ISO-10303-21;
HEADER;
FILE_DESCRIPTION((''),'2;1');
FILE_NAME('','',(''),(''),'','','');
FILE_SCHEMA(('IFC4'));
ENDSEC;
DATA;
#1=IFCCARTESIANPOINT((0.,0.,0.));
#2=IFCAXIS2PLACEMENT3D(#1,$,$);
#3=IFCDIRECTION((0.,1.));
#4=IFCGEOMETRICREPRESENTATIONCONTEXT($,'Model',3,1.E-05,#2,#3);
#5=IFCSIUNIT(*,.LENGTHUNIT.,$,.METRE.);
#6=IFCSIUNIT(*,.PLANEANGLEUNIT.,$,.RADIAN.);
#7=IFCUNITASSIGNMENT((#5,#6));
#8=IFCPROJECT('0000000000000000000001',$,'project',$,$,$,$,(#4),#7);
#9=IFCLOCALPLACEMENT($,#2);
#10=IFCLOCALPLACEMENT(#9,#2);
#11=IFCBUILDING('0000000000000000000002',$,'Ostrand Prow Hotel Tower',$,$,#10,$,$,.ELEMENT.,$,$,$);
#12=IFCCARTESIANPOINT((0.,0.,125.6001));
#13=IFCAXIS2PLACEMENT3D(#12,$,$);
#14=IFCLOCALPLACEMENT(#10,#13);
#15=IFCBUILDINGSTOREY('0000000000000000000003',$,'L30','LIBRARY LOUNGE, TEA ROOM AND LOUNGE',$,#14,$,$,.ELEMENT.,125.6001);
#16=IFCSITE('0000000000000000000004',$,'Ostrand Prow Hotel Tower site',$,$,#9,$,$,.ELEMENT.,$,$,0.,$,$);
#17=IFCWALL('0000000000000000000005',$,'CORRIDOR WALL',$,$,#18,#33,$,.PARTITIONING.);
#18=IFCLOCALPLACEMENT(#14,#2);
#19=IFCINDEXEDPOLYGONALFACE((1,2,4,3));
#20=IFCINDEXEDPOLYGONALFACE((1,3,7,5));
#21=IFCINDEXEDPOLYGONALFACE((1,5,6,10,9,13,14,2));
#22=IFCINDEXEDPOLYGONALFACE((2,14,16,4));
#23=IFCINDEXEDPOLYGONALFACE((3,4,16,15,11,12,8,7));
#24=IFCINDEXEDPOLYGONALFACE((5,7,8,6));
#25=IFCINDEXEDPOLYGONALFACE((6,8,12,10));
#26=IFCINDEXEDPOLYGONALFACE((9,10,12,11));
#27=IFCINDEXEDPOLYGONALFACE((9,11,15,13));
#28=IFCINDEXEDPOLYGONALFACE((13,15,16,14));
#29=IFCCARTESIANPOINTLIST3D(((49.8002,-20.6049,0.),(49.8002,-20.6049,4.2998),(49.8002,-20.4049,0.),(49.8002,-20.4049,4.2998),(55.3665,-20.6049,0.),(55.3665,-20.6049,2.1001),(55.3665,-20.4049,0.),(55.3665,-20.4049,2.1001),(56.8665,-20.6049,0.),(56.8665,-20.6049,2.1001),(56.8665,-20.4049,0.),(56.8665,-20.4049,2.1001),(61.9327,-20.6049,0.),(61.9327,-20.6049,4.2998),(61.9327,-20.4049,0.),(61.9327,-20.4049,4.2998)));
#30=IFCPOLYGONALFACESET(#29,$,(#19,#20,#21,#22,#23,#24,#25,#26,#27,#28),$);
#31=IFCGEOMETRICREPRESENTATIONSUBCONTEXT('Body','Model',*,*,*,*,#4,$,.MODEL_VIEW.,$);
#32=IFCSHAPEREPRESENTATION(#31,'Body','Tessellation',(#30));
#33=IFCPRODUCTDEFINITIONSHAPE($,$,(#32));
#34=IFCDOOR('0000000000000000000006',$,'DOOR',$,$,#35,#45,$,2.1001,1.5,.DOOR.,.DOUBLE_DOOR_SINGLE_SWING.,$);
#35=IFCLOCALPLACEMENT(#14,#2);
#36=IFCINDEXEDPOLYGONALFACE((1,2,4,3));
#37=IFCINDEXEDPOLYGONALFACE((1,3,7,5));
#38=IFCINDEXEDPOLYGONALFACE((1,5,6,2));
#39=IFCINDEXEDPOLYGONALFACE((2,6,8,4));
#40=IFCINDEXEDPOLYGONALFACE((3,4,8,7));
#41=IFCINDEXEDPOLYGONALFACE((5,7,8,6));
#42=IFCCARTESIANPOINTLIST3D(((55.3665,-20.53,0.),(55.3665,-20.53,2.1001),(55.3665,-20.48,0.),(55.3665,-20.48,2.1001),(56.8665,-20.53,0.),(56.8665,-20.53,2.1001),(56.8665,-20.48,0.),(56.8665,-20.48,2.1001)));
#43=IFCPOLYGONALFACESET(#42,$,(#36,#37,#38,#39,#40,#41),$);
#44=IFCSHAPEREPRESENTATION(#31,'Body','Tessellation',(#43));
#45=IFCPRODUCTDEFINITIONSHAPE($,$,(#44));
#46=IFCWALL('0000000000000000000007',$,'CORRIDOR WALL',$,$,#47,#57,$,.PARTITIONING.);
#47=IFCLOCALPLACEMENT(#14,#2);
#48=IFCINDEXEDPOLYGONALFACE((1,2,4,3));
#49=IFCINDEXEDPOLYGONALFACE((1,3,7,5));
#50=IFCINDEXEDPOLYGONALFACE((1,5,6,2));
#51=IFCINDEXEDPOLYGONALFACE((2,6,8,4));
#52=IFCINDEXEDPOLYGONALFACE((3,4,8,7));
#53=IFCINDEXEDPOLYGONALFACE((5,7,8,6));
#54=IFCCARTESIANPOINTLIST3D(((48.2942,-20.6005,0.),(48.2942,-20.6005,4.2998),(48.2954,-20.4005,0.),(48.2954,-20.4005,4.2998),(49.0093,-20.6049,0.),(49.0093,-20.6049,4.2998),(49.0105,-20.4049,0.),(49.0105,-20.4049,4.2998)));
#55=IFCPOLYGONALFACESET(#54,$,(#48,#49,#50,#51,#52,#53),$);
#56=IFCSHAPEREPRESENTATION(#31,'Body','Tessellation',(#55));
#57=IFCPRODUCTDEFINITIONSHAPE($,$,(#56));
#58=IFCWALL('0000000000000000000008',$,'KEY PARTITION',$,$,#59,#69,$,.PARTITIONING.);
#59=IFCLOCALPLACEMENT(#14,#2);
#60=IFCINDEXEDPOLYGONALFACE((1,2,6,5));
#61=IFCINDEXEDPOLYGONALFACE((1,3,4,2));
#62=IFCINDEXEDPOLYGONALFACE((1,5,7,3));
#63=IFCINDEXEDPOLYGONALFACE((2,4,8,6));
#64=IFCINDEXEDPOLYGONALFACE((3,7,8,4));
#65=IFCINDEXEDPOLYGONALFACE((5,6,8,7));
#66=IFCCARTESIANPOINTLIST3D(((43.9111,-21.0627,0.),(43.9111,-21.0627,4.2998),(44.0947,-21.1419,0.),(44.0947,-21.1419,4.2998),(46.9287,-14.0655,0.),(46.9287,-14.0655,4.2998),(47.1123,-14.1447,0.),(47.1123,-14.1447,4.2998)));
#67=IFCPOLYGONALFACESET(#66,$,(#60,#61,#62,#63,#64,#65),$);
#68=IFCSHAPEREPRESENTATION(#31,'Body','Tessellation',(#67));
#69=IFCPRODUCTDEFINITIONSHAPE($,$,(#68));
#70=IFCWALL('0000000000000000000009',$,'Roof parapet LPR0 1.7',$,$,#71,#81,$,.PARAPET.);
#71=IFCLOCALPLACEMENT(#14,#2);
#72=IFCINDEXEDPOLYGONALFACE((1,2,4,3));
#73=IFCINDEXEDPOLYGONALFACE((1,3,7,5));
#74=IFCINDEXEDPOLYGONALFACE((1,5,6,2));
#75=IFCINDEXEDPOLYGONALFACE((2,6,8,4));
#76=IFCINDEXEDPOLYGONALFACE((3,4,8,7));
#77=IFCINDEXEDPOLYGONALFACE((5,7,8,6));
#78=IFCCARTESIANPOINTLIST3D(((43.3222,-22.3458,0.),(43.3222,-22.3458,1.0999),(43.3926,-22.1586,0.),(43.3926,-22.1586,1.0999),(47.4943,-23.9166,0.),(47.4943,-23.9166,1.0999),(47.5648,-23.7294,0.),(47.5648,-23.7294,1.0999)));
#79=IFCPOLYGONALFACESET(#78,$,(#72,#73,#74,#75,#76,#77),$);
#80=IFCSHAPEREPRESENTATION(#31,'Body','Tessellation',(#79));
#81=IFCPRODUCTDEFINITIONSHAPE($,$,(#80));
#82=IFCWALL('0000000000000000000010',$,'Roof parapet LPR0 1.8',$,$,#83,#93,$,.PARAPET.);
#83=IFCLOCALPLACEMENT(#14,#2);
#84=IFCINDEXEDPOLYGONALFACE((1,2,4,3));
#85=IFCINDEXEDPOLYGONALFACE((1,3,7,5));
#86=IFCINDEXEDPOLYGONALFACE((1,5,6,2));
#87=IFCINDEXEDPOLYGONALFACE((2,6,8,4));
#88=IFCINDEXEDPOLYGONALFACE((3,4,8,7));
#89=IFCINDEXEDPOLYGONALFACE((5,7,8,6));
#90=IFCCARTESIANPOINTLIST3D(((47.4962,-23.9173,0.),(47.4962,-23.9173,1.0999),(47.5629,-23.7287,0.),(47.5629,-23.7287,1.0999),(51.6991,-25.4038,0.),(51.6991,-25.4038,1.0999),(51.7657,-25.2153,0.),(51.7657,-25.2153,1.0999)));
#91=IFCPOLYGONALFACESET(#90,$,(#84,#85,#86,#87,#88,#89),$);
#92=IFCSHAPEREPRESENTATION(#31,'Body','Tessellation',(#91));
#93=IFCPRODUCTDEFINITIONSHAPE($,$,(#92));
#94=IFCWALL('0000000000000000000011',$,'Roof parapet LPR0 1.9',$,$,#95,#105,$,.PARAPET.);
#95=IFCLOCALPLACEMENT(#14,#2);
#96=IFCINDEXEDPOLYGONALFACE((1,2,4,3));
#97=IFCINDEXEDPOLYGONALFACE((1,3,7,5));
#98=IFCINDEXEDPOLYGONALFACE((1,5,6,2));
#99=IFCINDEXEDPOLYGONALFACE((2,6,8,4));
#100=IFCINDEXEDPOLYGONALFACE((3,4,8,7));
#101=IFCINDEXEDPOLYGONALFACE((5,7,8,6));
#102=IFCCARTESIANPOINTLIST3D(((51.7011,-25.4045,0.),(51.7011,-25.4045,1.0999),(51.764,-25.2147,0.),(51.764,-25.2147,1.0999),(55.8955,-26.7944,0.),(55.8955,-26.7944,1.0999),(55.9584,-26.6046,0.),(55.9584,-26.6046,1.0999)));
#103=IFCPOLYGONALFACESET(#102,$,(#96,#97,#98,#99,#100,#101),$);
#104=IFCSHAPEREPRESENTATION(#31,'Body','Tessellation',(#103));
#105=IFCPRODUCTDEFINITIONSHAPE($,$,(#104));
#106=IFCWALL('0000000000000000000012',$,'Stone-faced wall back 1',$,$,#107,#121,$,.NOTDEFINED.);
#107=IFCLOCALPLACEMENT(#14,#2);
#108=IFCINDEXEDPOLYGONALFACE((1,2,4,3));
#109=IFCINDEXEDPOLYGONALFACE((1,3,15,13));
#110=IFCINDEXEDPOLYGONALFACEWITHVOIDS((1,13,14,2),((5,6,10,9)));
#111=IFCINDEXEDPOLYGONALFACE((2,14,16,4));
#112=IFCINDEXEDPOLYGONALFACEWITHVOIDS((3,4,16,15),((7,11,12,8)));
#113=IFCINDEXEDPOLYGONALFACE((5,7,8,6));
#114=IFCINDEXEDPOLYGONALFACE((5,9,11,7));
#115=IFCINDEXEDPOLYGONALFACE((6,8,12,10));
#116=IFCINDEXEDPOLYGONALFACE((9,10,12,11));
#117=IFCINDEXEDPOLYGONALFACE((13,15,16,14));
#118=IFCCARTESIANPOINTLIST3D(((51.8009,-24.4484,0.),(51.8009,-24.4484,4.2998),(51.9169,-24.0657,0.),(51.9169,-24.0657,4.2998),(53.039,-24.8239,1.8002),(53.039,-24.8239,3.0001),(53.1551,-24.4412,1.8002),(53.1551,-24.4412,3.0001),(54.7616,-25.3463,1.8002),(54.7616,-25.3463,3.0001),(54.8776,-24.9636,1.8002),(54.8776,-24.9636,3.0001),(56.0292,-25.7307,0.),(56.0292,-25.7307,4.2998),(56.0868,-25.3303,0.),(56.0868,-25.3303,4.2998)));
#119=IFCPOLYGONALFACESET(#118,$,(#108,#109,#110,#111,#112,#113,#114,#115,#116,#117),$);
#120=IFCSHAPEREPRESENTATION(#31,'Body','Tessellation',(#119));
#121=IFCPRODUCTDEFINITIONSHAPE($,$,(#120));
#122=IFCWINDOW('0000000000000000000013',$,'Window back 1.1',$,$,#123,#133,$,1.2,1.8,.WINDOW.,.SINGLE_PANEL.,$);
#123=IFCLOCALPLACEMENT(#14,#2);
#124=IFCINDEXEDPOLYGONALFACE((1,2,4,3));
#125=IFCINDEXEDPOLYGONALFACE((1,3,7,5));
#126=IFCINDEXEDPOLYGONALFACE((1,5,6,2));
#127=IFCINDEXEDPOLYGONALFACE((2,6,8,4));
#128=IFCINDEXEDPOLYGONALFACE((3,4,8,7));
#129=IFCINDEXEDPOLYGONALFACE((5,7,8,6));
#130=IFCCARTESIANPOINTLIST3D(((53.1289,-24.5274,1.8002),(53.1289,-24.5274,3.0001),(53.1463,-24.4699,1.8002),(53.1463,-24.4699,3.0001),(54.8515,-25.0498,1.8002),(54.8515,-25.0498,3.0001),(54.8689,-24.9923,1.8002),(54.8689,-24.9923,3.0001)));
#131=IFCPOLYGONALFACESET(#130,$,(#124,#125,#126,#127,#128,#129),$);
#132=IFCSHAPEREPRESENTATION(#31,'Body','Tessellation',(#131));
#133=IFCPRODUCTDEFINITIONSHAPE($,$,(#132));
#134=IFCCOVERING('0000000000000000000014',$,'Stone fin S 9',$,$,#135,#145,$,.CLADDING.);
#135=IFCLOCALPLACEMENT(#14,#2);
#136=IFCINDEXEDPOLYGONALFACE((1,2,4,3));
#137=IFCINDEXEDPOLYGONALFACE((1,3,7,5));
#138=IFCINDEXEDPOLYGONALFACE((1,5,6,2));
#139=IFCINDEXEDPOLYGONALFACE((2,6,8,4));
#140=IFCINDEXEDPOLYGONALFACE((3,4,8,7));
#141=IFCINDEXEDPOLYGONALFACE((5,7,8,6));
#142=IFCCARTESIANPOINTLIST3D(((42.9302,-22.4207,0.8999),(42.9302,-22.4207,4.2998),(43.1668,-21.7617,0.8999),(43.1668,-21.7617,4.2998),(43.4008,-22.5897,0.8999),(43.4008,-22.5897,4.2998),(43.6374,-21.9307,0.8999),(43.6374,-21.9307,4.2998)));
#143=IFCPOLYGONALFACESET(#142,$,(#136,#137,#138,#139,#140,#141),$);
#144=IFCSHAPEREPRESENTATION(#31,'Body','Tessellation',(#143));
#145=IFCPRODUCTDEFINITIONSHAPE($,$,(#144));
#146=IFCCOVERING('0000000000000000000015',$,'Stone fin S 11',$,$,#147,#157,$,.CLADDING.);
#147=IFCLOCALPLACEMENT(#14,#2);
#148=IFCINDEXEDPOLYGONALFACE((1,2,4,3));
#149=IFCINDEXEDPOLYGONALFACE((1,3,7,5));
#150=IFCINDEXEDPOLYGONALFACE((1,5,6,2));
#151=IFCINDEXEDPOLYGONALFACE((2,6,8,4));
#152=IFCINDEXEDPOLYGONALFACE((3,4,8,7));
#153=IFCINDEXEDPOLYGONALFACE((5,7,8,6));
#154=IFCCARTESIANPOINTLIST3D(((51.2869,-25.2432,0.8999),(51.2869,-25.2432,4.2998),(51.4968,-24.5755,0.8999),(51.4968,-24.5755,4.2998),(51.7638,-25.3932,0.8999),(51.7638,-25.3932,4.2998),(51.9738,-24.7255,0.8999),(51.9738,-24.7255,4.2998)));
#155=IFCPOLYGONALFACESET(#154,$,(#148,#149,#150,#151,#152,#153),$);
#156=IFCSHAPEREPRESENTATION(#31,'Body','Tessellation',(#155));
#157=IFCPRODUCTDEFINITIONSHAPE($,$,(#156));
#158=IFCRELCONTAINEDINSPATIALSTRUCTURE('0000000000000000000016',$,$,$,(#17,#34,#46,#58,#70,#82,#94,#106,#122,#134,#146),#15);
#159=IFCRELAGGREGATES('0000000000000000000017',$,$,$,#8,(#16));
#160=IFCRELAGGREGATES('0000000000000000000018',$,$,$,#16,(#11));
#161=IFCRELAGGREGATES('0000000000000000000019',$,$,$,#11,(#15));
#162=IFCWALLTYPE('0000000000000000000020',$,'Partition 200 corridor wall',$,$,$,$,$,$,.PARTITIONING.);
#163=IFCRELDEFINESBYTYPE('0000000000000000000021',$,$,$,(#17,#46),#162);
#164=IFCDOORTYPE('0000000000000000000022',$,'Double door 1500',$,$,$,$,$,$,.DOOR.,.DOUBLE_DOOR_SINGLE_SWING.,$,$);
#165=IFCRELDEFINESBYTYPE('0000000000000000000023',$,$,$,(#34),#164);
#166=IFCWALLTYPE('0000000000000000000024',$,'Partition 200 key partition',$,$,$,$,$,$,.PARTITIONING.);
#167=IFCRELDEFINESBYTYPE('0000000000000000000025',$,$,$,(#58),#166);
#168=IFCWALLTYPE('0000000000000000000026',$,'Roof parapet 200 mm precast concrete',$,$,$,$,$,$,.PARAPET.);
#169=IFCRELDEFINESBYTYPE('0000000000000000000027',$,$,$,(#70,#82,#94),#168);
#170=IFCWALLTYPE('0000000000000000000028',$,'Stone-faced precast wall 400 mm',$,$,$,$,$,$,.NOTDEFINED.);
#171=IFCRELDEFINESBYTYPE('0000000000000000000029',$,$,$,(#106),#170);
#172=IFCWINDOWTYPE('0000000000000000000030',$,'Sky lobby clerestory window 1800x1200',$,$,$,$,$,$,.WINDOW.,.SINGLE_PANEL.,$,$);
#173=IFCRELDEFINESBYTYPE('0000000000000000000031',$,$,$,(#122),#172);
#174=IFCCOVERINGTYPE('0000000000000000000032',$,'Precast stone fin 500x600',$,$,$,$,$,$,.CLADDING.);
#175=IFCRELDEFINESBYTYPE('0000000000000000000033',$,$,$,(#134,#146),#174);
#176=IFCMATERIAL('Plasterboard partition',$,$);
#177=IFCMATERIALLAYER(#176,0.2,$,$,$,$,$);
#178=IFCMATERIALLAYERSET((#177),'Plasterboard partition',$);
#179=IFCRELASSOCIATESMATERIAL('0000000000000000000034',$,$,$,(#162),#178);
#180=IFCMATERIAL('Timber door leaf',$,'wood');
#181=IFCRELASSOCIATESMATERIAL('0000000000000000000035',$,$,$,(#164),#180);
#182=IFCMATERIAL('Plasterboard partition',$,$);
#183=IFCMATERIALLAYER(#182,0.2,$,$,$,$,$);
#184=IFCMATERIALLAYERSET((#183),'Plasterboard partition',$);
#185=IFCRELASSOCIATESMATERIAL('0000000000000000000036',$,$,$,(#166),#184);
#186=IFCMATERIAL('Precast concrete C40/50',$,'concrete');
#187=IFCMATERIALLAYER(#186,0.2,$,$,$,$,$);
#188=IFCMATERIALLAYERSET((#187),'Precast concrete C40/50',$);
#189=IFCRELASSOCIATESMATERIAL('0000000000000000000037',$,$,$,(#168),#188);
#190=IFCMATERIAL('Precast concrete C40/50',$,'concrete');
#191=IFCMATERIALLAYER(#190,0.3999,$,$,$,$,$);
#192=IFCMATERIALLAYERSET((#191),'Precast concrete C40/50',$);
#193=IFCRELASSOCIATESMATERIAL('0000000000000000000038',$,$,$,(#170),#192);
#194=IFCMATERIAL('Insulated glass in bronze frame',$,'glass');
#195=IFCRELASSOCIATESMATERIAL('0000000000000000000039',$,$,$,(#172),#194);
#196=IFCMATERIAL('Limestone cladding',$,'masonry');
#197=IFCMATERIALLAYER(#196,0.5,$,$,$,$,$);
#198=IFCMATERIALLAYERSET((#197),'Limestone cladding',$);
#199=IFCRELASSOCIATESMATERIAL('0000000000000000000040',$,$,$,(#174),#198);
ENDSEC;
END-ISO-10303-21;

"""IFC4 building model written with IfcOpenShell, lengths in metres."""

from ifc_helpers import new_model, si_unit, direction, frame, frame_2d, origin, place, context, subcontext, project, spatial, polyline, rectangle, outline, extrude, material, layer, layer_set, type_object, element, fill, save


model = new_model("IFC4")

# Units and contexts
model_context = context("Model", 3, precision=1e-05, world=origin(), true_north=direction((0.0, 1.0)))
body_context = subcontext(model_context, "Body", "Model", "MODEL_VIEW")
ifc_project = project(units=[si_unit("LENGTHUNIT", "METRE"), si_unit("PLANEANGLEUNIT", "RADIAN")], contexts=[model_context])

# Site, building, storey
site_placement = place(None, origin())
site = spatial("IfcSite", under=ifc_project, at=site_placement, Name="Ostrand Prow Hotel Tower site", CompositionType="ELEMENT", RefElevation=0.0)
building_placement = place(site_placement, origin())
building = spatial("IfcBuilding", under=site, at=building_placement, Name="Ostrand Prow Hotel Tower", CompositionType="ELEMENT")
storey_placement = place(building_placement, frame((0.0, 0.0, 125.6001)))
storey = spatial("IfcBuildingStorey", under=building, at=storey_placement, Name="L30", Description="LIBRARY LOUNGE, TEA ROOM AND LOUNGE", CompositionType="ELEMENT", Elevation=125.6001)

# Wall, opening, door
ifc_material_1 = material(Name="Plasterboard partition")
ifc_layer_1 = layer(ifc_material_1, 0.2)
ifc_layer_set_1 = layer_set([ifc_layer_1], Name="Plasterboard partition")
wall_type_1 = type_object("IfcWallType", Name="Partition 200 corridor wall", PredefinedType="PARTITIONING", material=ifc_layer_set_1)
wall_1_placement = place(storey_placement, frame((49.8, -20.5049, 0.0), z_axis=(0.0, 0.0, 1.0), x_axis=(1.0, 0.0, 0.0)))
wall_1 = element("IfcWall", 1, at=wall_1_placement, inside=storey, type_object=wall_type_1, Name="CORRIDOR WALL", PredefinedType="PARTITIONING", context=body_context, shape_type="SweptSolid", body=[
    extrude(rectangle(XDim=12.1326, YDim=0.2, at=frame_2d((6.0664, 0.0))), origin(), (0.0, 0.0, 1.0), 4.2998),
])
opening_1_placement = place(wall_1_placement, frame((5.5664, 0.0, 0.0)))
opening_1 = element("IfcOpeningElement", 2, at=opening_1_placement, cuts=wall_1, PredefinedType="OPENING", context=body_context, shape_type="SweptSolid", body=[
    extrude(rectangle(XDim=1.5, YDim=2.1001, at=frame_2d((0.75, 1.05))), frame((0.0, 0.1099, 0.0), z_axis=(0.0, -1.0, 0.0), x_axis=(1.0, 0.0, 0.0)), (0.0, 0.0, 1.0), 0.22),
])
ifc_material_2 = material(Name="Timber door leaf", Category="wood")
door_type = type_object("IfcDoorType", Name="Double door 1500", OperationType="DOUBLE_DOOR_SINGLE_SWING", PredefinedType="DOOR", material=ifc_material_2)
door_placement = place(opening_1_placement, origin())
door = element("IfcDoor", 3, at=door_placement, inside=storey, type_object=door_type, Name="DOOR", OperationType="DOUBLE_DOOR_SINGLE_SWING", OverallHeight=2.1001, OverallWidth=1.5, PredefinedType="DOOR", context=body_context, shape_type="SweptSolid", body=[
    extrude(rectangle(XDim=1.5, YDim=2.1001, at=frame_2d((0.75, 1.05))), frame((0.0, 0.0249, 0.0), z_axis=(0.0, -1.0, 0.0), x_axis=(1.0, 0.0, 0.0)), (0.0, 0.0, 1.0), 0.05),
])
fill(opening_1, door)

# Walls
wall_2_placement = place(storey_placement, frame((48.2949, -20.5005, 0.0), z_axis=(0.0, 0.0, 1.0), x_axis=(0.999981, -0.006145, 0.0)))
element("IfcWall", 4, at=wall_2_placement, inside=storey, type_object=wall_type_1, Name="CORRIDOR WALL", PredefinedType="PARTITIONING", context=body_context, shape_type="SweptSolid", body=[
    extrude(rectangle(XDim=0.7151, YDim=0.2, at=frame_2d((0.3574, 0.0))), origin(), (0.0, 0.0, 1.0), 4.2998),
])
ifc_material_3 = material(Name="Plasterboard partition")
ifc_layer_2 = layer(ifc_material_3, 0.2)
ifc_layer_set_2 = layer_set([ifc_layer_2], Name="Plasterboard partition")
wall_type_2 = type_object("IfcWallType", Name="Partition 200 key partition", PredefinedType="PARTITIONING", material=ifc_layer_set_2)
wall_3_placement = place(storey_placement, frame((44.0029, -21.1023, 0.0), z_axis=(0.0, 0.0, 1.0), x_axis=(0.396006, 0.918248, 0.0)))
element("IfcWall", 5, at=wall_3_placement, inside=storey, type_object=wall_type_2, Name="KEY PARTITION", PredefinedType="PARTITIONING", context=body_context, shape_type="SweptSolid", body=[
    extrude(rectangle(XDim=7.6201, YDim=0.2, at=frame_2d((3.8101, 0.0))), origin(), (0.0, 0.0, 1.0), 4.2998),
])
ifc_material_4 = material(Name="Precast concrete C40/50", Category="concrete")
ifc_layer_3 = layer(ifc_material_4, 0.2)
ifc_layer_set_3 = layer_set([ifc_layer_3], Name="Precast concrete C40/50")
wall_type_3 = type_object("IfcWallType", Name="Roof parapet 200 mm precast concrete", PredefinedType="PARAPET", material=ifc_layer_set_3)
for number, where, z_axis, x_axis, name in (
    (6, (43.3574, -22.2522, 0.0), (0.0, 0.0, 1.0), (0.935867, -0.352353, 0.0), "Roof parapet LPR0 1.7"),
    (7, (47.5295, -23.823, 0.0), (0.0, 0.0, 1.0), (0.942765, -0.333459, 0.0), "Roof parapet LPR0 1.8"),
):
    element("IfcWall", number, at=place(storey_placement, frame(where, z_axis=z_axis, x_axis=x_axis)), inside=storey, type_object=wall_type_3, Name=name, PredefinedType="PARAPET", context=body_context, shape_type="SweptSolid", body=[
        extrude(rectangle(XDim=4.458, YDim=0.2, at=frame_2d((2.229, 0.0))), origin(), (0.0, 0.0, 1.0), 1.0999),
    ])
wall_4_placement = place(storey_placement, frame((51.7324, -25.3096, 0.0), z_axis=(0.0, 0.0, 1.0), x_axis=(0.94924, -0.314553, 0.0)))
element("IfcWall", 8, at=wall_4_placement, inside=storey, type_object=wall_type_3, Name="Roof parapet LPR0 1.9", PredefinedType="PARAPET", context=body_context, shape_type="SweptSolid", body=[
    extrude(rectangle(XDim=4.4187, YDim=0.2, at=frame_2d((2.2095, 0.0))), origin(), (0.0, 0.0, 1.0), 1.0999),
])

# Wall, opening, window
ifc_material_5 = material(Name="Precast concrete C40/50", Category="concrete")
ifc_layer_4 = layer(ifc_material_5, 0.3999)
ifc_layer_set_4 = layer_set([ifc_layer_4], Name="Precast concrete C40/50")
wall_type_4 = type_object("IfcWallType", Name="Stone-faced precast wall 400 mm", PredefinedType="NOTDEFINED", material=ifc_layer_set_4)
wall_5_placement = place(storey_placement, frame((51.8589, -24.2571, 0.0), z_axis=(0.0, 0.0, 1.0), x_axis=(0.956964, -0.290205, 0.0)))
wall_5 = element("IfcWall", 9, at=wall_5_placement, inside=storey, type_object=wall_type_4, Name="Stone-faced wall back 1", PredefinedType="NOTDEFINED", context=body_context, shape_type="SweptSolid", body=[
    extrude(outline(polyline([(0.0, -0.2), (4.4185, -0.2), (4.3574, 0.2), (0.0, 0.2), (0.0, -0.2)])), origin(), (0.0, 0.0, 1.0), 4.2998),
])
opening_2_placement = place(wall_5_placement, frame((1.2939, 0.0, 1.8)))
opening_2 = element("IfcOpeningElement", 10, at=opening_2_placement, cuts=wall_5, PredefinedType="OPENING", context=body_context, shape_type="SweptSolid", body=[
    extrude(rectangle(XDim=1.8, YDim=1.2, at=frame_2d((0.8999, 0.6001))), frame((0.0, 0.21, 0.0), z_axis=(0.0, -1.0, 0.0), x_axis=(1.0, 0.0, 0.0)), (0.0, 0.0, 1.0), 0.4199),
])
ifc_material_6 = material(Name="Insulated glass in bronze frame", Category="glass")
window_type = type_object("IfcWindowType", Name="Sky lobby clerestory window 1800x1200", PartitioningType="SINGLE_PANEL", PredefinedType="WINDOW", material=ifc_material_6)
window_placement = place(opening_2_placement, origin())
window = element("IfcWindow", 11, at=window_placement, inside=storey, type_object=window_type, Name="Window back 1.1", OverallHeight=1.2, OverallWidth=1.8, PartitioningType="SINGLE_PANEL", PredefinedType="WINDOW", context=body_context, shape_type="SweptSolid", body=[
    extrude(rectangle(XDim=1.8, YDim=1.2, at=frame_2d((0.8999, 0.6001))), frame((0.0, 0.1699, 0.0), z_axis=(0.0, -1.0, 0.0), x_axis=(1.0, 0.0, 0.0)), (0.0, 0.0, 1.0), 0.0601),
])
fill(opening_2, window)

# Coverings
ifc_material_7 = material(Name="Limestone cladding", Category="masonry")
ifc_layer_5 = layer(ifc_material_7, 0.5)
ifc_layer_set_5 = layer_set([ifc_layer_5], Name="Limestone cladding")
covering_type = type_object("IfcCoveringType", Name="Precast stone fin 500x600", PredefinedType="CLADDING", material=ifc_layer_set_5)
covering_1_placement = place(storey_placement, frame((43.4021, -21.8462, 0.8999), z_axis=(0.0, 0.0, 1.0), x_axis=(-0.337904, -0.94118, 0.0)))
element("IfcCovering", 12, at=covering_1_placement, inside=storey, type_object=covering_type, Name="Stone fin S 9", PredefinedType="CLADDING", context=body_context, shape_type="SweptSolid", body=[
    extrude(rectangle(XDim=0.7002, YDim=0.5, at=frame_2d((0.3501, 0.0))), origin(), (0.0, 0.0, 1.0), 3.3999),
])
covering_2_placement = place(storey_placement, frame((51.7354, -24.6504, 0.8999), z_axis=(0.0, 0.0, 1.0), x_axis=(-0.299963, -0.953951, 0.0)))
element("IfcCovering", 13, at=covering_2_placement, inside=storey, type_object=covering_type, Name="Stone fin S 11", PredefinedType="CLADDING", context=body_context, shape_type="SweptSolid", body=[
    extrude(rectangle(XDim=0.7, YDim=0.5, at=frame_2d((0.3501, 0.0))), origin(), (0.0, 0.0, 1.0), 3.3999),
])

save(model, "model.ifc")
